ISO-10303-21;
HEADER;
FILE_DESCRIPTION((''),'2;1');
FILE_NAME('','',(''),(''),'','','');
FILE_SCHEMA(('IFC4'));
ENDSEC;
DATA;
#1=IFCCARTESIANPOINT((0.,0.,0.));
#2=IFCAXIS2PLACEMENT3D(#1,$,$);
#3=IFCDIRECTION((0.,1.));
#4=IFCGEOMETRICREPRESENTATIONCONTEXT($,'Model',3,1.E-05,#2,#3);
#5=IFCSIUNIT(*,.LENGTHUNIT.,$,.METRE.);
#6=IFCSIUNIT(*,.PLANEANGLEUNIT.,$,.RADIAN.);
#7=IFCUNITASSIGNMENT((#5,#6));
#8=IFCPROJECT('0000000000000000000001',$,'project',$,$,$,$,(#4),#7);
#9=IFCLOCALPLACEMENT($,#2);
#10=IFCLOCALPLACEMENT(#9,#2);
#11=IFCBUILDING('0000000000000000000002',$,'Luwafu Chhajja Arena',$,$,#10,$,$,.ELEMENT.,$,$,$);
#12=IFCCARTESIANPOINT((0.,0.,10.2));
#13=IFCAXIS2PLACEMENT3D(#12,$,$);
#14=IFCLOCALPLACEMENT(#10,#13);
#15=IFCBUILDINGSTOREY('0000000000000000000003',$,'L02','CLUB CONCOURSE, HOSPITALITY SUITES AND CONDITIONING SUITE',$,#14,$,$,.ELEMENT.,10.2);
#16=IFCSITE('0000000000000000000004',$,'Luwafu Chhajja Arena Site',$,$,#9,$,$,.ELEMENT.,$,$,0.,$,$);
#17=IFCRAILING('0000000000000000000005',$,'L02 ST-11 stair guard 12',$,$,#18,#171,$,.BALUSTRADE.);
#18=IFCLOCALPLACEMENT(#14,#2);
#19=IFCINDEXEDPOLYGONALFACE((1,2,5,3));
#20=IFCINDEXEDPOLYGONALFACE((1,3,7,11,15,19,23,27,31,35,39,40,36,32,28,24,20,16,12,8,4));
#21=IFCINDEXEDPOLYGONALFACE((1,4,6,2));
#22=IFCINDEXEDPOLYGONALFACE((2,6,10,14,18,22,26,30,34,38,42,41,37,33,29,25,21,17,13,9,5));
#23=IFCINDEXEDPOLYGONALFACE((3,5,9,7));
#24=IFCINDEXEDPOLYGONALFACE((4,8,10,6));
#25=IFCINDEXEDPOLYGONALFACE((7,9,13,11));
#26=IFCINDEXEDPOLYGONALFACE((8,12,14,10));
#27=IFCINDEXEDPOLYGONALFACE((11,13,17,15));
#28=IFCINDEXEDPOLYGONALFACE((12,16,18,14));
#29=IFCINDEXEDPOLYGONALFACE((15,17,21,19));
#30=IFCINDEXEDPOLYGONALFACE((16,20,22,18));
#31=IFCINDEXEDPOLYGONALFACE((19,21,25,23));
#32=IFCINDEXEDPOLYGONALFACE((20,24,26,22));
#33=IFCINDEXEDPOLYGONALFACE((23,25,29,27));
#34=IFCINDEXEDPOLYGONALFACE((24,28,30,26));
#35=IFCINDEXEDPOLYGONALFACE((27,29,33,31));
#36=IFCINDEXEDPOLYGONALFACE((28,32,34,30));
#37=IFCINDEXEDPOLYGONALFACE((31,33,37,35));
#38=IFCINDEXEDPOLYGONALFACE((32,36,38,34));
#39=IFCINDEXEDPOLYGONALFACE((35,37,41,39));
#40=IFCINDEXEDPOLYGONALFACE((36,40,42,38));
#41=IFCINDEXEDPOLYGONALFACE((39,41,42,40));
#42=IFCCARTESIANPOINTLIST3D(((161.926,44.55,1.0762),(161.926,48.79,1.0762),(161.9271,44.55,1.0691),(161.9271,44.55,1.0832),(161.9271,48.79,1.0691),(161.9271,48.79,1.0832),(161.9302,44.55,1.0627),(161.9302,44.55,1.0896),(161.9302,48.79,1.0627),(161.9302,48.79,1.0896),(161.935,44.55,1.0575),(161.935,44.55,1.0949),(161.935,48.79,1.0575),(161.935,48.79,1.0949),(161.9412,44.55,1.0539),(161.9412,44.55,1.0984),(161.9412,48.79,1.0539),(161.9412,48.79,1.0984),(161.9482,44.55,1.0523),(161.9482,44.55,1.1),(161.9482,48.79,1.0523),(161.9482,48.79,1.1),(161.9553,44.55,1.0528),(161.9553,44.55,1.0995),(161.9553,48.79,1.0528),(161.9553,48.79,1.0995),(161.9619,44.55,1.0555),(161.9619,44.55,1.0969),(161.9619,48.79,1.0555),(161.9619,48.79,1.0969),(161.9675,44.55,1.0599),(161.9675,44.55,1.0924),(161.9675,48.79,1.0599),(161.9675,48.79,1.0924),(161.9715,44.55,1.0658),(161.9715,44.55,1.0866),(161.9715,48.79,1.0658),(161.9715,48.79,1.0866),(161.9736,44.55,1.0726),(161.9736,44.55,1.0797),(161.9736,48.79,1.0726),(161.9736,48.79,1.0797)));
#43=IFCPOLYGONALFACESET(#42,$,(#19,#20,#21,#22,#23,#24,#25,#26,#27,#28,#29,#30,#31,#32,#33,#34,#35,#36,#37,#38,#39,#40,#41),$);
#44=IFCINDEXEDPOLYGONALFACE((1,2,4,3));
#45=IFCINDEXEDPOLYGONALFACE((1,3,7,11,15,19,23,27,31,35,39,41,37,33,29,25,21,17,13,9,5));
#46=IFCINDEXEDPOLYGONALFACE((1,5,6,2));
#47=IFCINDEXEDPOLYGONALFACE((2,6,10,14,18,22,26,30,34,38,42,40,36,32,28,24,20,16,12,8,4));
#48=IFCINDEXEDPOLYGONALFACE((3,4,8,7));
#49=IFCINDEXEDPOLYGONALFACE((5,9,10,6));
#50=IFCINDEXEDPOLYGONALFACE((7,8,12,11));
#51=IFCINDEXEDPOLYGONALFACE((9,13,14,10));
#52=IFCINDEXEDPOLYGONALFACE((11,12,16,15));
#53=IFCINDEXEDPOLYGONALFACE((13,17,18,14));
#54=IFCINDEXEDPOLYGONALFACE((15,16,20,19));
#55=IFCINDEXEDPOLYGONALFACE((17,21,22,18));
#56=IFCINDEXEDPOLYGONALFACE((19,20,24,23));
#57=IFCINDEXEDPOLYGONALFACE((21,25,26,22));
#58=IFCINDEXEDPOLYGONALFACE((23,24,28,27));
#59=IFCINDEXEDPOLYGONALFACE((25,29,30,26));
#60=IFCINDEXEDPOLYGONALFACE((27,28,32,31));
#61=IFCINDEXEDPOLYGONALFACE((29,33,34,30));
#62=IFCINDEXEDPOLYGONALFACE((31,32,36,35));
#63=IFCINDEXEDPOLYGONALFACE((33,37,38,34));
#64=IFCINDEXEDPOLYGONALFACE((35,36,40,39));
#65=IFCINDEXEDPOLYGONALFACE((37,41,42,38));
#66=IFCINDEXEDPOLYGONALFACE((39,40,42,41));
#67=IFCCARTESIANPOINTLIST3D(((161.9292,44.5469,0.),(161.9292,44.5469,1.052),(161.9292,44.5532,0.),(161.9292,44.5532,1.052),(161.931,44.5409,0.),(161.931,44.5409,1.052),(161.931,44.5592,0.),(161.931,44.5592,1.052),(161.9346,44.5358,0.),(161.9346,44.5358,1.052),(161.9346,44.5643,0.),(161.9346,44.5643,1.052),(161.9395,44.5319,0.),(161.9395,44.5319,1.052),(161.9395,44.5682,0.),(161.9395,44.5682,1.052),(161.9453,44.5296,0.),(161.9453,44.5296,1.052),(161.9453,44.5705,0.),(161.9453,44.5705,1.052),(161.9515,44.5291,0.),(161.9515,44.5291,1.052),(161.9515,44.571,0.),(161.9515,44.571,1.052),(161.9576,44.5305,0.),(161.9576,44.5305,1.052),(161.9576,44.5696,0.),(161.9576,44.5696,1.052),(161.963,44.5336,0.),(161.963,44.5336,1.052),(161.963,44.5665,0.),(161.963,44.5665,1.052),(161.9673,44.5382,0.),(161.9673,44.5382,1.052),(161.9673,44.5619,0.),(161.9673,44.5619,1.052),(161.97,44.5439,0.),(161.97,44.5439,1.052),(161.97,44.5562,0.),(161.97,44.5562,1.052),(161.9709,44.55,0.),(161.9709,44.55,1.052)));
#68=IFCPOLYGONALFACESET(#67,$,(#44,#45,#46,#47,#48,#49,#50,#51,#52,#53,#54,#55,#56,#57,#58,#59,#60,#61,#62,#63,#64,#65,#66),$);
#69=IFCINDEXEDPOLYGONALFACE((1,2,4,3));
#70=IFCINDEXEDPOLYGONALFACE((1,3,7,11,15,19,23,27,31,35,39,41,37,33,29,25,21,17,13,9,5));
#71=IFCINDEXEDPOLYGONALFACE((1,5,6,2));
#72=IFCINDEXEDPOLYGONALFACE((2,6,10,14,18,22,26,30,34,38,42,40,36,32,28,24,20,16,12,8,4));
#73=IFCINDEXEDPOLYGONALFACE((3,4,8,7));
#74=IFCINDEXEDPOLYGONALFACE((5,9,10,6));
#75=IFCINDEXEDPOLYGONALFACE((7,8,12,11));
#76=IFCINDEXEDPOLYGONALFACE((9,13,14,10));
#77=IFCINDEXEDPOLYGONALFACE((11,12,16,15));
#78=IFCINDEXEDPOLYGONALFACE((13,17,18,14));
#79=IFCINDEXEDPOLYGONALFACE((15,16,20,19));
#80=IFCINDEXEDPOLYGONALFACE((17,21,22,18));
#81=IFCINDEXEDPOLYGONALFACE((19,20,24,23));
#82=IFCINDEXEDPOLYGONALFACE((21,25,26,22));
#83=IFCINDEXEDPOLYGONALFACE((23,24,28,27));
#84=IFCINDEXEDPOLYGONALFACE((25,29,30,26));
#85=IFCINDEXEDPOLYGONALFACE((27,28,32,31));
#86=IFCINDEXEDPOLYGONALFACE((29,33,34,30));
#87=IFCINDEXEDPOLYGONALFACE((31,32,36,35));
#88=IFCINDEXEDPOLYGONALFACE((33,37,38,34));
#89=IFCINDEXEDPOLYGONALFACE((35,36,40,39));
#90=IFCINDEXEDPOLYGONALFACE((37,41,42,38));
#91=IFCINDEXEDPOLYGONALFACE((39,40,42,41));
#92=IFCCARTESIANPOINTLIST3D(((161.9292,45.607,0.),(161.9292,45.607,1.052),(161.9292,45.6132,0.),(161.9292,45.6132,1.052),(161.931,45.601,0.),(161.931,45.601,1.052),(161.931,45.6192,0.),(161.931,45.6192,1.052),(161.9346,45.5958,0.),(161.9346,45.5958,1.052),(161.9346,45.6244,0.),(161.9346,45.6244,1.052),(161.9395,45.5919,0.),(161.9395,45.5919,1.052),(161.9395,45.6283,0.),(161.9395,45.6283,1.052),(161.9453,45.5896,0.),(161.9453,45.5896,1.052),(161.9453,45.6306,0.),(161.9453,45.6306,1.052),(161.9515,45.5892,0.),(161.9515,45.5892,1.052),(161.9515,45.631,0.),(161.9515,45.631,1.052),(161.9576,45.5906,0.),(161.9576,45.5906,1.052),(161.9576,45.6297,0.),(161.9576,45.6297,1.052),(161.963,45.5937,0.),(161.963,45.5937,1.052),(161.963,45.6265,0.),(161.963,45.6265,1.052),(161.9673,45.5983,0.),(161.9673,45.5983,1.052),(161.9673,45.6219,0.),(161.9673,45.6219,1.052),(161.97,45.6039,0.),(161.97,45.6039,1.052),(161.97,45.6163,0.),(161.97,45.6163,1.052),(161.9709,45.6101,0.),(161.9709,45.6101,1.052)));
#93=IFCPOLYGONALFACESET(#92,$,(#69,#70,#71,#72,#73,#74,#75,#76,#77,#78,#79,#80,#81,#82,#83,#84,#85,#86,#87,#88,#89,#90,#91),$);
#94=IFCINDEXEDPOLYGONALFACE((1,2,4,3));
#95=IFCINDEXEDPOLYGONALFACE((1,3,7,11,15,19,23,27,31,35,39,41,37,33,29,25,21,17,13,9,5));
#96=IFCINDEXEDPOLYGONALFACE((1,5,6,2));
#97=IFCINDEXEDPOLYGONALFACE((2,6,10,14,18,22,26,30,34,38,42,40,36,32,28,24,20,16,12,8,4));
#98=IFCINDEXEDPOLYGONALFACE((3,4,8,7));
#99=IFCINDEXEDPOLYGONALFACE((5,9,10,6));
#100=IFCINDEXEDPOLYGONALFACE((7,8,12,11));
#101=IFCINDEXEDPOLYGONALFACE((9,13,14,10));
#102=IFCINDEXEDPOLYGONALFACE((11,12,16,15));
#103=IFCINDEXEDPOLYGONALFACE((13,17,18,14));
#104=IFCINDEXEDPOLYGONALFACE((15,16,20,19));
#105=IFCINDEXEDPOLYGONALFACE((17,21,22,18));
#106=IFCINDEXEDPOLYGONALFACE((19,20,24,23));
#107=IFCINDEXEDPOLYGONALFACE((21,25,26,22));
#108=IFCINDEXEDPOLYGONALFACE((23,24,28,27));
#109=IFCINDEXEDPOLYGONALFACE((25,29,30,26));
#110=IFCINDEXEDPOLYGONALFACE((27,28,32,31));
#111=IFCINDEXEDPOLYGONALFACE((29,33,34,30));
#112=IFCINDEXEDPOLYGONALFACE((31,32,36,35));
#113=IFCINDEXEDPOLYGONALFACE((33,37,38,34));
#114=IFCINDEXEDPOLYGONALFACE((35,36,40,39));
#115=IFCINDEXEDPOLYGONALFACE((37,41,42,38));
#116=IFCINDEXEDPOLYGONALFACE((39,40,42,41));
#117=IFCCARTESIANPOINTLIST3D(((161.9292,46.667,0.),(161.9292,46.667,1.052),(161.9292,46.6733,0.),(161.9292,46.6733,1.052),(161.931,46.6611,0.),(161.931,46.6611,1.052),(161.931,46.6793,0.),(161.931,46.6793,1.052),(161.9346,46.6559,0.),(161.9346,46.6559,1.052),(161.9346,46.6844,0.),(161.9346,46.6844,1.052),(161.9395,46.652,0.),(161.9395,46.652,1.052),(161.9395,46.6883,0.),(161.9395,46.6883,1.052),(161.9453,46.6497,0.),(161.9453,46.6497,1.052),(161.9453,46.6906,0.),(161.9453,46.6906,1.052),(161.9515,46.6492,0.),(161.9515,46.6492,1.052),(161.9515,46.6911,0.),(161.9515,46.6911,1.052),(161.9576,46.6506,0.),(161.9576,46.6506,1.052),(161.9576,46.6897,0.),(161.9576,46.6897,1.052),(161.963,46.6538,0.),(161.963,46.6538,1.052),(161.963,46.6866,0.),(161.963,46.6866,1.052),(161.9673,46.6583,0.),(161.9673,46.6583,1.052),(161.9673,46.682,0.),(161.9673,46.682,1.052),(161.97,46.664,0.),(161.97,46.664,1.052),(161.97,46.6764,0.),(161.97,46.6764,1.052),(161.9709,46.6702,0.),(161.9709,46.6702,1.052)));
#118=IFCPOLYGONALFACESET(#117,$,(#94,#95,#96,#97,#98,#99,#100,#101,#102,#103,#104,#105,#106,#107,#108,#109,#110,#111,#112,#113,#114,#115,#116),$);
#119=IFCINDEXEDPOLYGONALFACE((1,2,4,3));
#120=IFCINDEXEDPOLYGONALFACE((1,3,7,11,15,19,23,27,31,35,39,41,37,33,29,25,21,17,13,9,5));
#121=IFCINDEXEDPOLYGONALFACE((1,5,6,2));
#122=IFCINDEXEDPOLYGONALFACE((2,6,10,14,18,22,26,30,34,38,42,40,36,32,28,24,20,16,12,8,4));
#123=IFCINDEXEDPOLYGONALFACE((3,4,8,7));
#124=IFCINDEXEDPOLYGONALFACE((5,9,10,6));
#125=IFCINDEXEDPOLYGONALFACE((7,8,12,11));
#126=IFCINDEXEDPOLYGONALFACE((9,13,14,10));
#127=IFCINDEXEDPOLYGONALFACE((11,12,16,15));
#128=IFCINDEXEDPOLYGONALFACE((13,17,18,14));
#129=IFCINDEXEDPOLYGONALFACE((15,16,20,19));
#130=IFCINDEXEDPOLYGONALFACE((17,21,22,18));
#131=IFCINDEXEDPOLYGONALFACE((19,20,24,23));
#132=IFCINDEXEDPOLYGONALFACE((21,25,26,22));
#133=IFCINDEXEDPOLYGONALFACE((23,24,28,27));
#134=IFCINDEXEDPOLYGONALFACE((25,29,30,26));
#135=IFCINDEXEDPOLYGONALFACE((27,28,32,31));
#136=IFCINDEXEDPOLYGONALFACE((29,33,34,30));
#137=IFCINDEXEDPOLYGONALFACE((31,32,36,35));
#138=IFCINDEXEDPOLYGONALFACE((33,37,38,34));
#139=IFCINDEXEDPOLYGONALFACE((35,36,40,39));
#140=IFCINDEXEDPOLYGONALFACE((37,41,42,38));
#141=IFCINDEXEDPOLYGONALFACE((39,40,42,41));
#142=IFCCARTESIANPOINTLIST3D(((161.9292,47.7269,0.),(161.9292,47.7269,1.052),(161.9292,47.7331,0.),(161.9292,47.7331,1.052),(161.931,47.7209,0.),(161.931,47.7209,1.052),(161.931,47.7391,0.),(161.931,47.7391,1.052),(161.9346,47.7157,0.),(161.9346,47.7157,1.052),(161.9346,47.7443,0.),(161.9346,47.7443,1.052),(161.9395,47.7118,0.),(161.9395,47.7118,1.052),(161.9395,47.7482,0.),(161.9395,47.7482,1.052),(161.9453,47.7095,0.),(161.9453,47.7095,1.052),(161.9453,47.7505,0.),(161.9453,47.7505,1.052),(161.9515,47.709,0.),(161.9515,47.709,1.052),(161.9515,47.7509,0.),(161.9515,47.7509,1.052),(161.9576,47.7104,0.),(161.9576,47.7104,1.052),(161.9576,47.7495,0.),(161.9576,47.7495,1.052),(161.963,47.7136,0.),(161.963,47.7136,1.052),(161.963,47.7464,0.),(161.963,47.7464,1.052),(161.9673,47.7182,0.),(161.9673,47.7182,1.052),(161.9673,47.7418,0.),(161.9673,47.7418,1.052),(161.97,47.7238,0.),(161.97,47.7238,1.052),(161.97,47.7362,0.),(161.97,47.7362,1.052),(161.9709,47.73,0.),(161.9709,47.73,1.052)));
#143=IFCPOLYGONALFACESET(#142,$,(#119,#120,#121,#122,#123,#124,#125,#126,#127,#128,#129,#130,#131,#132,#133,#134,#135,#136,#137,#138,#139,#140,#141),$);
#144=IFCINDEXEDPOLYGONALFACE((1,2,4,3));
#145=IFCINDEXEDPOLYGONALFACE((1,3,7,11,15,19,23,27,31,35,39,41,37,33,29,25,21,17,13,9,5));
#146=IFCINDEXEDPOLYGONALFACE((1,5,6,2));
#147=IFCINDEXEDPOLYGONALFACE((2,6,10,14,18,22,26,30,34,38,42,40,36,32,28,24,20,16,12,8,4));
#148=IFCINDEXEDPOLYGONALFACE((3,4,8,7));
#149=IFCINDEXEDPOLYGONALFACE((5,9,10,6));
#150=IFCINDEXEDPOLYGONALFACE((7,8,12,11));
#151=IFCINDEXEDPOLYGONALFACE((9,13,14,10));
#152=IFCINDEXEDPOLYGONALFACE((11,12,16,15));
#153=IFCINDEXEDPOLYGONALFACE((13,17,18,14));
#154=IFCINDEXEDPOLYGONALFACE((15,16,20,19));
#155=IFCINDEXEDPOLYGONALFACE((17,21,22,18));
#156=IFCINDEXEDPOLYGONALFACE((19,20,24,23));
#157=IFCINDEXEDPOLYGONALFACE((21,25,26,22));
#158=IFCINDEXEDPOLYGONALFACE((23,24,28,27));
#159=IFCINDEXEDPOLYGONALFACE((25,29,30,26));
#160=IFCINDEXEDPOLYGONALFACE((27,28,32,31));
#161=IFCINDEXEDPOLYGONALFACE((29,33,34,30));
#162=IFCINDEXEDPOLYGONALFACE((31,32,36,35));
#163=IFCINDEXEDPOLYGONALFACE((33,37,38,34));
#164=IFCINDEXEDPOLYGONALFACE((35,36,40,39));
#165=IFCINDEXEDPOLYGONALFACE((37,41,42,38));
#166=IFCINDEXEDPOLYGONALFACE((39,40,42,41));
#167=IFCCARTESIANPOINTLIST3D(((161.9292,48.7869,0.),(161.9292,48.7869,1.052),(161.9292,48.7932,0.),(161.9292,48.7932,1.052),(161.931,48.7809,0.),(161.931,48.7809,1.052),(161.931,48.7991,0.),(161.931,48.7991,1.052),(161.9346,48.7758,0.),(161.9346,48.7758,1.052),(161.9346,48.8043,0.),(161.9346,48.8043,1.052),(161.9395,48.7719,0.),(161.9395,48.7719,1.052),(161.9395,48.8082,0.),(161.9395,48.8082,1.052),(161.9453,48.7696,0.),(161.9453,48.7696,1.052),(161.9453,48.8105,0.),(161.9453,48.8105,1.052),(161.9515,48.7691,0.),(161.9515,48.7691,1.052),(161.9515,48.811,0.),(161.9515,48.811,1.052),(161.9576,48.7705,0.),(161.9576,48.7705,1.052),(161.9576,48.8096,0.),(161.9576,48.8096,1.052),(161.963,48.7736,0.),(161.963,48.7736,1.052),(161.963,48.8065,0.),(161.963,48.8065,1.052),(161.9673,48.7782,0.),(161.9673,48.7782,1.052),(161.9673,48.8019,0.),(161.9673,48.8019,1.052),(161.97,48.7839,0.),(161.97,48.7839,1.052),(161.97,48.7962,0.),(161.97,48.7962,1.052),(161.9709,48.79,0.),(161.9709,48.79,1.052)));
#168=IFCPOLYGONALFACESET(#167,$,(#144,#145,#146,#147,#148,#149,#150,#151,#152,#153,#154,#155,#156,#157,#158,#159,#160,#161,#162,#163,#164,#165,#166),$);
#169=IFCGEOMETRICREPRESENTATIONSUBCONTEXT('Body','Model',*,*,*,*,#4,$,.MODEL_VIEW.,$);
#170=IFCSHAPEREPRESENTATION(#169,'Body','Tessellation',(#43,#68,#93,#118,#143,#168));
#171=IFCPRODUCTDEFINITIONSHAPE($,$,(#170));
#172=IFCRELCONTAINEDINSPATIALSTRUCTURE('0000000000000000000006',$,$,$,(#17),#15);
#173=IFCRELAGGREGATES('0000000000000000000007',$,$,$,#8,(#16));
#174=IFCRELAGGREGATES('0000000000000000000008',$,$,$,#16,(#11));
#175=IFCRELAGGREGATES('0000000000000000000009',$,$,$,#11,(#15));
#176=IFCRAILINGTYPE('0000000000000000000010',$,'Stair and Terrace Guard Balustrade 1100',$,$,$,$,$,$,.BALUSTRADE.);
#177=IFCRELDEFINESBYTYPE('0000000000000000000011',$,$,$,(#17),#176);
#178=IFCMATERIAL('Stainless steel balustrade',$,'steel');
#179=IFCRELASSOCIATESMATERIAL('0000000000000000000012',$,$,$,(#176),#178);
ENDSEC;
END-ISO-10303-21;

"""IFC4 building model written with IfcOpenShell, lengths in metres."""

from ifc_helpers import new_model, si_unit, direction, frame, origin, origin_2d, place, context, subcontext, project, spatial, circle, extrude, material, type_object, element, save


model = new_model("IFC4")

# Units and contexts
model_context = context("Model", 3, precision=1e-05, world=origin(), true_north=direction((0.0, 1.0)))
body_context = subcontext(model_context, "Body", "Model", "MODEL_VIEW")
ifc_project = project(units=[si_unit("LENGTHUNIT", "METRE"), si_unit("PLANEANGLEUNIT", "RADIAN")], contexts=[model_context])

# Site, building, storey
site_placement = place(None, origin())
site = spatial("IfcSite", under=ifc_project, at=site_placement, Name="Luwafu Chhajja Arena Site", CompositionType="ELEMENT", RefElevation=0.0)
building_placement = place(site_placement, origin())
building = spatial("IfcBuilding", under=site, at=building_placement, Name="Luwafu Chhajja Arena", CompositionType="ELEMENT")
storey_placement = place(building_placement, frame((0.0, 0.0, 10.2)))
storey = spatial("IfcBuildingStorey", under=building, at=storey_placement, Name="L02", Description="CLUB CONCOURSE, HOSPITALITY SUITES AND CONDITIONING SUITE", CompositionType="ELEMENT", Elevation=10.2)

# Railing
ifc_material_1 = material(Name="Stainless steel balustrade", Category="steel")
railing_type_1 = type_object("IfcRailingType", Name="Stair and Terrace Guard Balustrade 1100", PredefinedType="BALUSTRADE", material=ifc_material_1)
railing_1_placement = place(storey_placement, frame((161.95, 44.55, 0.0)))
element("IfcRailing", 1, at=railing_1_placement, inside=storey, type_object=railing_type_1, Name="L02 ST-11 stair guard 12", PredefinedType="BALUSTRADE", context=body_context, shape_type="SweptSolid", body=[
    extrude(circle(Radius=0.0239, at=origin_2d()), frame((0.0, 0.0, 1.0762), z_axis=(0.0, 1.0, 0.0), x_axis=(-1.0, 0.0, 0.0)), (0.0, 0.0, 1.0), 4.24),
    extrude(circle(Radius=0.021, at=origin_2d()), origin(), (0.0, 0.0, 1.0), 1.052),
    extrude(circle(Radius=0.021, at=origin_2d()), frame((0.0, 1.0601, 0.0)), (0.0, 0.0, 1.0), 1.052),
    extrude(circle(Radius=0.021, at=origin_2d()), frame((0.0, 2.1201, 0.0)), (0.0, 0.0, 1.0), 1.052),
    extrude(circle(Radius=0.021, at=origin_2d()), frame((0.0, 3.1799, 0.0)), (0.0, 0.0, 1.0), 1.052),
    extrude(circle(Radius=0.021, at=origin_2d()), frame((0.0, 4.24, 0.0)), (0.0, 0.0, 1.0), 1.052),
])

save(model, "model.ifc")
